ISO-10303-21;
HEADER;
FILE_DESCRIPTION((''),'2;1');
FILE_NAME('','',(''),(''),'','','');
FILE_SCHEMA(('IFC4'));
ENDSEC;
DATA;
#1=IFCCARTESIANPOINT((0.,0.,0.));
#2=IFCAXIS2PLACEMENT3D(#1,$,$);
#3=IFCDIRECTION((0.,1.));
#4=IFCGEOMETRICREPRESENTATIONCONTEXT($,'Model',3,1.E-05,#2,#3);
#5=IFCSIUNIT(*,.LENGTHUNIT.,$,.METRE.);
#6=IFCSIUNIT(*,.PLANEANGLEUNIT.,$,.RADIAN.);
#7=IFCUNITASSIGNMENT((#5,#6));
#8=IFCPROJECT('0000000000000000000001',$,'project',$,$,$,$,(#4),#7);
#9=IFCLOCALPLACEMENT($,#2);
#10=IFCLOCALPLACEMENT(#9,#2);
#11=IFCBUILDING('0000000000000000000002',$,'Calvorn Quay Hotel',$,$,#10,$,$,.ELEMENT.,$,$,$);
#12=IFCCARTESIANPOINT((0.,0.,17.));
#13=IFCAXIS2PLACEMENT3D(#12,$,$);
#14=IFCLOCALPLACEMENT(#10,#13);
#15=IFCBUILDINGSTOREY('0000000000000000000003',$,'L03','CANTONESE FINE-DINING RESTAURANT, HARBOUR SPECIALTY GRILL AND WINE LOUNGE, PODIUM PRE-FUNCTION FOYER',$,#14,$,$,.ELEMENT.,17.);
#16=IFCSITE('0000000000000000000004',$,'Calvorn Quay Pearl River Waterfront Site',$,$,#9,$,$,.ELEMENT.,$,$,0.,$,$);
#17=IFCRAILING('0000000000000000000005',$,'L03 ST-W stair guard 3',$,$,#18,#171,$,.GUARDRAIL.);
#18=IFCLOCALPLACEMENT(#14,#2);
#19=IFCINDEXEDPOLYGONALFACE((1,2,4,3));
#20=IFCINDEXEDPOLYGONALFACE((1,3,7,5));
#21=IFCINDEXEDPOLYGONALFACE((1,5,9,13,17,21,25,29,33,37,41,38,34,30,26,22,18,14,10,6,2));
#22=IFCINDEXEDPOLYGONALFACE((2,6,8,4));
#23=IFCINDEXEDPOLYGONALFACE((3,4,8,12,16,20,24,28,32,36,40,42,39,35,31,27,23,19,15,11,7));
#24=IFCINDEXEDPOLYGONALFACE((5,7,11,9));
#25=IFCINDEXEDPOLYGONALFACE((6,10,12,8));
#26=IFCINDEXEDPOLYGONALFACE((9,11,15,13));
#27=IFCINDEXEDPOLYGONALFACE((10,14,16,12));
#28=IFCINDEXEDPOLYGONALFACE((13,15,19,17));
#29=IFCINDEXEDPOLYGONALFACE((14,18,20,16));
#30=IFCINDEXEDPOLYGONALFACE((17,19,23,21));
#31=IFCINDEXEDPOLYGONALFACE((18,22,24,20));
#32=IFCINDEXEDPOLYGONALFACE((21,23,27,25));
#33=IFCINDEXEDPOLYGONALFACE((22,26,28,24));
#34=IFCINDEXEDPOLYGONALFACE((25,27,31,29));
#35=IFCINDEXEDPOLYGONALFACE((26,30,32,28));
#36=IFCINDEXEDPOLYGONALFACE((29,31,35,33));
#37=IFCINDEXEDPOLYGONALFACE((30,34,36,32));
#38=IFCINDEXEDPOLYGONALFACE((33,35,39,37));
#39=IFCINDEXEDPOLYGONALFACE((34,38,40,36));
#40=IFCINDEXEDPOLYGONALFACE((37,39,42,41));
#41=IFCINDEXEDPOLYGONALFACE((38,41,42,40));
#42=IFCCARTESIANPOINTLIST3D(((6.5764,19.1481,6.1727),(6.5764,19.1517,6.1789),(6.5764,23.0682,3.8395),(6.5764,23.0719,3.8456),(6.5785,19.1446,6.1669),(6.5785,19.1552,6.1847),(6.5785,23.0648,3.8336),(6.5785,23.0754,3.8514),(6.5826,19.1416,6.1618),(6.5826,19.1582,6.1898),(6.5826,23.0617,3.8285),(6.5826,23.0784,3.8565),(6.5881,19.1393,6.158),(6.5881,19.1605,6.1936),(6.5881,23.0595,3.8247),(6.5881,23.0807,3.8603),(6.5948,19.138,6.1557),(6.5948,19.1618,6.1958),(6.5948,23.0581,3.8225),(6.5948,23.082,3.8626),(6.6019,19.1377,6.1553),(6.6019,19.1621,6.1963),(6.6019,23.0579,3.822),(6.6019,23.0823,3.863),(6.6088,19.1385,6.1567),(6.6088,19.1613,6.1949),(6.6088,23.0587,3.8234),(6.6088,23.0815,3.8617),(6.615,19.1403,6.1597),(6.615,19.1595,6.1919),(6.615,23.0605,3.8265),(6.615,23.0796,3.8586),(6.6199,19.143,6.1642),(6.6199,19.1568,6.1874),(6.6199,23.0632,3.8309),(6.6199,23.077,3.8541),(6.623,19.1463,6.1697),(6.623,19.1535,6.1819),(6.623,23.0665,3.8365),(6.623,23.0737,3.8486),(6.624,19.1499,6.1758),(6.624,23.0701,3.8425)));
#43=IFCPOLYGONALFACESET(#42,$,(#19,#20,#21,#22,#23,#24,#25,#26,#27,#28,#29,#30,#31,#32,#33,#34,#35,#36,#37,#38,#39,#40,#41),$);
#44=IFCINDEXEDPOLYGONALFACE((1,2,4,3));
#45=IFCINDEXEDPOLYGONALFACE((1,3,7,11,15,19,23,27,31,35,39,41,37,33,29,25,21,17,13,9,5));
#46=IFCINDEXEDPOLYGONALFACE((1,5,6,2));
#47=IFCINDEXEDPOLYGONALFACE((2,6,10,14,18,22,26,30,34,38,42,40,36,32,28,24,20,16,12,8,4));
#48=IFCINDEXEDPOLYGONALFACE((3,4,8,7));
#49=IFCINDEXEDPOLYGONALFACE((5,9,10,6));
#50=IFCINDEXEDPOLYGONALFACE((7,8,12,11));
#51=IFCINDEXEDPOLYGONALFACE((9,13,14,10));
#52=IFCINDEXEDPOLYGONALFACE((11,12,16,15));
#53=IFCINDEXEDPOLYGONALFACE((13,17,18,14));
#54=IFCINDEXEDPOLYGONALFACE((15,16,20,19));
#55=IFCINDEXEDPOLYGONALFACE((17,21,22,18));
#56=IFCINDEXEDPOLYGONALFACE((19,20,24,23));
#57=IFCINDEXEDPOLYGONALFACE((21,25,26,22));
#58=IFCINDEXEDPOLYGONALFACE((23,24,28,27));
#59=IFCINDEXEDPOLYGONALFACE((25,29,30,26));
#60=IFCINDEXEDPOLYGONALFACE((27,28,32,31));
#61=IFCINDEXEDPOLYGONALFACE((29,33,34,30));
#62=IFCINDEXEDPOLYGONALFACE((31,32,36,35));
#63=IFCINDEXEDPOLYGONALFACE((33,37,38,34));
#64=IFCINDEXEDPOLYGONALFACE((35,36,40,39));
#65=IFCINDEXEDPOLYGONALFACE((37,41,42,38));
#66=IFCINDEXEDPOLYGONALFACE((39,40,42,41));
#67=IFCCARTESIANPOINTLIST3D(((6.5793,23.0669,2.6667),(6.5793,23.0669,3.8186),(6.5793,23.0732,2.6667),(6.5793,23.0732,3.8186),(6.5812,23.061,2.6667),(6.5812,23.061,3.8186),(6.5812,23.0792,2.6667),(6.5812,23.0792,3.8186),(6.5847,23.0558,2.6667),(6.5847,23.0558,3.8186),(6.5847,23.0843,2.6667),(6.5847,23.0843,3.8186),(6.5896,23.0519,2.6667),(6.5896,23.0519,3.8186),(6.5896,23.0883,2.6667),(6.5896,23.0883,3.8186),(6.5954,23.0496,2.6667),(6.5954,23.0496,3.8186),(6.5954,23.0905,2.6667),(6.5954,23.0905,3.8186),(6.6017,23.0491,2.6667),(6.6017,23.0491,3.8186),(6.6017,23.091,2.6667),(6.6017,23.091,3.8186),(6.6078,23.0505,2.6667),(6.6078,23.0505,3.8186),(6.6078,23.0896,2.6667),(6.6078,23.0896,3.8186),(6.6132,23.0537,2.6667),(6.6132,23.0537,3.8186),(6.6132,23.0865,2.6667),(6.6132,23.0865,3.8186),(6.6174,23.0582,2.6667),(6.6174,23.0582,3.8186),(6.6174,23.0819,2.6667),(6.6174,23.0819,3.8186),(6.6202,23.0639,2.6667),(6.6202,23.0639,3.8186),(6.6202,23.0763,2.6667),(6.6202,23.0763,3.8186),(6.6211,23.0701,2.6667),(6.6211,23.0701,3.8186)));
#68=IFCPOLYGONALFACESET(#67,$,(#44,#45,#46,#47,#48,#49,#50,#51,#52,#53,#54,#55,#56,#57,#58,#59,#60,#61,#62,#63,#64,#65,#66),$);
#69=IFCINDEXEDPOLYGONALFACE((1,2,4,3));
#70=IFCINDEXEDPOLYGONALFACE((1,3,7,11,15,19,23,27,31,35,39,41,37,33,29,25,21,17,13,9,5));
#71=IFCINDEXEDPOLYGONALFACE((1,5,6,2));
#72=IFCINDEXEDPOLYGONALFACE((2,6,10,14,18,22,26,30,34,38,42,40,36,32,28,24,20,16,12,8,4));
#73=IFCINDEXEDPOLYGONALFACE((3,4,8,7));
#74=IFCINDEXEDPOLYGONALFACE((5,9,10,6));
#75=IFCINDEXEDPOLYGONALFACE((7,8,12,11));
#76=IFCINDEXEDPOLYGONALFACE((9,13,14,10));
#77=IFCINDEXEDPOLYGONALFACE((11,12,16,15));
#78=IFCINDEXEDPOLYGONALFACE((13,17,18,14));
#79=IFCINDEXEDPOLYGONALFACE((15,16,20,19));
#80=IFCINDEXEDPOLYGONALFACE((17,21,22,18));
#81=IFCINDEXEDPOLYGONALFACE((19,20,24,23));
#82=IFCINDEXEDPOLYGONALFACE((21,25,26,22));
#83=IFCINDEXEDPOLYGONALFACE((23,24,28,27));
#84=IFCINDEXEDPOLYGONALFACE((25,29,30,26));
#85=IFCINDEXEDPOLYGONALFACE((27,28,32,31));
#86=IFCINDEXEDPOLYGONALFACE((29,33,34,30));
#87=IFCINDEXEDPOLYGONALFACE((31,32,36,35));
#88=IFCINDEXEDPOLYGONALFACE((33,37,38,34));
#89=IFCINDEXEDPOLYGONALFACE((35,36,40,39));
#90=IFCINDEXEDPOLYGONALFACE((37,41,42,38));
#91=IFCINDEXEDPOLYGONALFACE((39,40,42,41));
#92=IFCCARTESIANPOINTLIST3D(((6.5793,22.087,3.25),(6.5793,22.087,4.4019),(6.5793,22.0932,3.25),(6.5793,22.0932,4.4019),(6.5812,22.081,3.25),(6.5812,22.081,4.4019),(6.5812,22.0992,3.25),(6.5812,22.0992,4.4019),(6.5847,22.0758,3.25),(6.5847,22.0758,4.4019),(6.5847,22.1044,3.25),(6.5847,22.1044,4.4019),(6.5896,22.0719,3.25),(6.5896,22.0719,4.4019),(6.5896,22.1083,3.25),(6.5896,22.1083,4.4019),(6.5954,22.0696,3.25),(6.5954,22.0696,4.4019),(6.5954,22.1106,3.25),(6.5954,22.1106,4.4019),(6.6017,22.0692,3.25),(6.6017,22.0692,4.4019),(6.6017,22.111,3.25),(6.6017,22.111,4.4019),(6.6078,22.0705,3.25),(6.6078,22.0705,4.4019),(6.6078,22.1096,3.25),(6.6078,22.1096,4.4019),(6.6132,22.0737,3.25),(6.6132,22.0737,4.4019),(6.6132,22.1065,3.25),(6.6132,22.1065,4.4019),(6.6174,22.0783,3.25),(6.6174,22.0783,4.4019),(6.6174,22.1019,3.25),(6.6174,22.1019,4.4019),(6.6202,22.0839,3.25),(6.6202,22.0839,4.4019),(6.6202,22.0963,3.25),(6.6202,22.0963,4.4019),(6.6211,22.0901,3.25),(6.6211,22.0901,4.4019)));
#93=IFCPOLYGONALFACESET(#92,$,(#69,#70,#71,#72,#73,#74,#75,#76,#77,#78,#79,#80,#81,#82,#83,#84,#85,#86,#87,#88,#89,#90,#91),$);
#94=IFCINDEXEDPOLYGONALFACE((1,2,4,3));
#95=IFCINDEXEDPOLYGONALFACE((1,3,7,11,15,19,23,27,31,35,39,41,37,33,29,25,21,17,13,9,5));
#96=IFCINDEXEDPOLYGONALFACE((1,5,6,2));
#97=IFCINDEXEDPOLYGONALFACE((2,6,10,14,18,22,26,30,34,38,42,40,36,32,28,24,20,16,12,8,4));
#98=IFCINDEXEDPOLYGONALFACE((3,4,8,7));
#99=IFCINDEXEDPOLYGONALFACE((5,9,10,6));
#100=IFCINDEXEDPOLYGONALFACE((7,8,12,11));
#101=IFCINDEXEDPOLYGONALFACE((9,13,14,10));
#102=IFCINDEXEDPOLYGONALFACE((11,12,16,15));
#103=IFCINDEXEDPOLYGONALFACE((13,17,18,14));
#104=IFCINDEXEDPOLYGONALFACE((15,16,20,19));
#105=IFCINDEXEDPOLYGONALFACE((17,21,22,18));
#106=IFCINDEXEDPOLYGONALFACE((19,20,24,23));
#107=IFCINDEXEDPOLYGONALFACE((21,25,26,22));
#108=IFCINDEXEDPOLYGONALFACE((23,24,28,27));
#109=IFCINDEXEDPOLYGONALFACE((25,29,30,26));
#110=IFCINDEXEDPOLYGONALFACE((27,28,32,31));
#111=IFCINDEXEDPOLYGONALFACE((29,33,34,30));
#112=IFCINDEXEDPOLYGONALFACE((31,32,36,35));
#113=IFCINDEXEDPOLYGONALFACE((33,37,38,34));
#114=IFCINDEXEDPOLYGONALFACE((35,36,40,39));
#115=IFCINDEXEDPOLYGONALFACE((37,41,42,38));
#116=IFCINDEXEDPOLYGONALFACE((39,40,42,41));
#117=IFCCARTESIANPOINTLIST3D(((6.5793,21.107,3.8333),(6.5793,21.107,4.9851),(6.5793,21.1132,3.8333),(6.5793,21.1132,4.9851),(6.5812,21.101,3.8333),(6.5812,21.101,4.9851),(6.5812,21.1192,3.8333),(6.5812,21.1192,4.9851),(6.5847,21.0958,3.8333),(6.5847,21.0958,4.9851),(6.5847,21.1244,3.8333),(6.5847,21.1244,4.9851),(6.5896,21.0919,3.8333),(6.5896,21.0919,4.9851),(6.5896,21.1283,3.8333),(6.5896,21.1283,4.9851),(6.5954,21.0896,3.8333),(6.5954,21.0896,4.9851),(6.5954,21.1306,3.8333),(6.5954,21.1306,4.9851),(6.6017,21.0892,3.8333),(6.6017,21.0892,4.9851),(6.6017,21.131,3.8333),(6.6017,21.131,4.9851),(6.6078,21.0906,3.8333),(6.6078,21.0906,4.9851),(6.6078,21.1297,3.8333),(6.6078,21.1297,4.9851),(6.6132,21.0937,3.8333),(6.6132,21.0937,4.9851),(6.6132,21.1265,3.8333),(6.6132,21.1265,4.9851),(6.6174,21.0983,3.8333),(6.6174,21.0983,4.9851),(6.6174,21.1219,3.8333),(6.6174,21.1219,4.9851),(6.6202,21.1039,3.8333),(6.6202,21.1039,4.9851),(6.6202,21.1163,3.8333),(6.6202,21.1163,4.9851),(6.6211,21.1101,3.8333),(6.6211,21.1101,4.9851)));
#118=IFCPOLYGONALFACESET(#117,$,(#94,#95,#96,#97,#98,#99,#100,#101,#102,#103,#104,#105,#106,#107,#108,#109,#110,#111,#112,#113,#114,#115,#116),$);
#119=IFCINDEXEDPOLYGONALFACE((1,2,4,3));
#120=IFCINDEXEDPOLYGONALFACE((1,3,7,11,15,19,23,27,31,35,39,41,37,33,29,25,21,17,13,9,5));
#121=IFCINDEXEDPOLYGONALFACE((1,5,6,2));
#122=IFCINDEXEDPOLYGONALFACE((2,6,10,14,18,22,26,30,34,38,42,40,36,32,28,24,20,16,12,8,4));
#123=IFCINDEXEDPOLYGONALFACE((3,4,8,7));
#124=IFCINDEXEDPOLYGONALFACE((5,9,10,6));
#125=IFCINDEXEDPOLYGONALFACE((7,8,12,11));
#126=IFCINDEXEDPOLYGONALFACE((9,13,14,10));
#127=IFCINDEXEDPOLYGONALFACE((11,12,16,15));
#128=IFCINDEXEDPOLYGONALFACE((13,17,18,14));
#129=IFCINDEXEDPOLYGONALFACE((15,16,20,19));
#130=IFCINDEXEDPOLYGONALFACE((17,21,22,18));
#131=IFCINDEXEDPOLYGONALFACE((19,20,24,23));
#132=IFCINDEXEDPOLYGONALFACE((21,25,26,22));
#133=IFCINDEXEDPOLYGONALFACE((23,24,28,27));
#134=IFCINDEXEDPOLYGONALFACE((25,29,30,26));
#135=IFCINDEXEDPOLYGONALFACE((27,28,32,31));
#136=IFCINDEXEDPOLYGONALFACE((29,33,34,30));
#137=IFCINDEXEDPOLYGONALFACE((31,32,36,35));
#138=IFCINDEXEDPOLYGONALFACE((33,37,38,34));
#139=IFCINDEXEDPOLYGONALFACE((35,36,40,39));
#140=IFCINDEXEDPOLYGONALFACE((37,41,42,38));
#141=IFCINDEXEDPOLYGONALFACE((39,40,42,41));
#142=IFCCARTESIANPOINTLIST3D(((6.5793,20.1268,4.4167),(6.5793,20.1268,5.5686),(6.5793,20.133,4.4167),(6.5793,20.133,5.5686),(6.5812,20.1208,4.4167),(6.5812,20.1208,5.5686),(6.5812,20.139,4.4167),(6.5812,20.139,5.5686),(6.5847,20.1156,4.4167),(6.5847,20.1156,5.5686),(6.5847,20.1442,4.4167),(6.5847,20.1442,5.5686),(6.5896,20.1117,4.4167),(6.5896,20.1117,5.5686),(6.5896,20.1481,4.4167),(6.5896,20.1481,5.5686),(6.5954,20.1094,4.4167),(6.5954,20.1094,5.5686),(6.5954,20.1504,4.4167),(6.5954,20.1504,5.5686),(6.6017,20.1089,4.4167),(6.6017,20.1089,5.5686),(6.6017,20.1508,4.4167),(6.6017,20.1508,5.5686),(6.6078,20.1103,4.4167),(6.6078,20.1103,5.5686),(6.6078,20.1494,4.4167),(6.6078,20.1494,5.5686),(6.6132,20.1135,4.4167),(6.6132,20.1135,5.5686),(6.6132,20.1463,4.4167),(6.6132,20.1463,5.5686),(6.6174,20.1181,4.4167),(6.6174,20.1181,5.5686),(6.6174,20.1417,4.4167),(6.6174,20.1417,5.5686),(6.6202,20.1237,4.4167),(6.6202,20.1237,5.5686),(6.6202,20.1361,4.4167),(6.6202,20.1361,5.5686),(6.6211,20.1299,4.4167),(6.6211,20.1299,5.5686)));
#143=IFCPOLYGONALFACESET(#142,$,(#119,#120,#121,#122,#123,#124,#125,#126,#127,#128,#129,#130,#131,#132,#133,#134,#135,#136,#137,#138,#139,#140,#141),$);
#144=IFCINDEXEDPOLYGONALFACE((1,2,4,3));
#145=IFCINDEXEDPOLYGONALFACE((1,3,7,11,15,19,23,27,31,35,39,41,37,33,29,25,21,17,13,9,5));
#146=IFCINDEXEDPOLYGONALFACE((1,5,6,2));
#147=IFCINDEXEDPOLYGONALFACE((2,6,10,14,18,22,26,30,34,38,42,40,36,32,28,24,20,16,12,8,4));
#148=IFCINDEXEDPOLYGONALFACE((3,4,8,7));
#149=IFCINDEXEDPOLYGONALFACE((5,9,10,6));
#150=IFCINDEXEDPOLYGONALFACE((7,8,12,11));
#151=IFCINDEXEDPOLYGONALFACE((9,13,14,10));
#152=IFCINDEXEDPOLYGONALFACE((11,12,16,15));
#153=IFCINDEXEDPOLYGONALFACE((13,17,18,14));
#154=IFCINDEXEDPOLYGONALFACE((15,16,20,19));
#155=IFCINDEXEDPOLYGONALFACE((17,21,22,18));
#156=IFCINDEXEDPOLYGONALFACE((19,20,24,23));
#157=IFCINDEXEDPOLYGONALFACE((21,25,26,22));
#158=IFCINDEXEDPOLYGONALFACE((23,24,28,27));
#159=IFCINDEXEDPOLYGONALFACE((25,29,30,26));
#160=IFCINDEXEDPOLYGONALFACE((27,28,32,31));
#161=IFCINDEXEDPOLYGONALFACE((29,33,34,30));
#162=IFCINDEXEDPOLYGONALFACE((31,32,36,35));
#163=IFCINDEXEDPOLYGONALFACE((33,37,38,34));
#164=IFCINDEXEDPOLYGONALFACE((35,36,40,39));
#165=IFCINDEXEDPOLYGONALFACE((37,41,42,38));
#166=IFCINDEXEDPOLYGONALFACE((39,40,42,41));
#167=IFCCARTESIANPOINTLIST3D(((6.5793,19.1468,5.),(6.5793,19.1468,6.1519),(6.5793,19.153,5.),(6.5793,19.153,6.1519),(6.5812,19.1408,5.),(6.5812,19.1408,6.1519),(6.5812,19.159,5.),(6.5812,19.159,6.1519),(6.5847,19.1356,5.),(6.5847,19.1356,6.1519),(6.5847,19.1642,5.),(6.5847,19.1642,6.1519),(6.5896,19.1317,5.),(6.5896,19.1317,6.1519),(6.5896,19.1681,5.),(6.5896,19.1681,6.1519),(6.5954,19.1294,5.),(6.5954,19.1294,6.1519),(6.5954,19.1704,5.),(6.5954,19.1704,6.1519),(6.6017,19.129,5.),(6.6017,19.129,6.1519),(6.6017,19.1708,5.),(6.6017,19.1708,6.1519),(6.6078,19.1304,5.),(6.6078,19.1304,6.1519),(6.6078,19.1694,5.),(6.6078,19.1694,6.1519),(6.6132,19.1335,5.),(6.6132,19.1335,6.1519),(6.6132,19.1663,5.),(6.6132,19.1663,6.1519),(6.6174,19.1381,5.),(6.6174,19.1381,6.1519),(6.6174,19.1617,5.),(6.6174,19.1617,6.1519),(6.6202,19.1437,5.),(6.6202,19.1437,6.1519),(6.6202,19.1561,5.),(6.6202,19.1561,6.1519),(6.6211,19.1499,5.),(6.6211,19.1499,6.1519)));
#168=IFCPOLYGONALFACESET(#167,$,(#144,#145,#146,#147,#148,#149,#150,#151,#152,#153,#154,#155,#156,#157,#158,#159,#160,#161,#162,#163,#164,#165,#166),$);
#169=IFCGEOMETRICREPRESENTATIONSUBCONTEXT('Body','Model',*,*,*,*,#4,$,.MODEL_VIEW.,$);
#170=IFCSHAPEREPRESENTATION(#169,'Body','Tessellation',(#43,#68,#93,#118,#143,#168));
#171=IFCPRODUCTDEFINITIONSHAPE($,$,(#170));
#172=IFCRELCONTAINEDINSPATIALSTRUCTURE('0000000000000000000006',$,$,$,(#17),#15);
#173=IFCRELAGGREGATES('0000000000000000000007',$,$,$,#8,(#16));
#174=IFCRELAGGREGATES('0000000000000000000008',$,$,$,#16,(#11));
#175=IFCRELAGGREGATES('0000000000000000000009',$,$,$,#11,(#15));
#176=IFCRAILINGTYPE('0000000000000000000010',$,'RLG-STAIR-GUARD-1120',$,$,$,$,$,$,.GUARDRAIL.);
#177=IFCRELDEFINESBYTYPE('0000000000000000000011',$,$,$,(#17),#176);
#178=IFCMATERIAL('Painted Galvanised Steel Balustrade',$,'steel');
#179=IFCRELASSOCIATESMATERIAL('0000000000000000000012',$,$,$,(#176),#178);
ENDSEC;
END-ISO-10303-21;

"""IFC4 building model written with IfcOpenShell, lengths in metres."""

from ifc_helpers import new_model, si_unit, direction, frame, origin, origin_2d, place, context, subcontext, project, spatial, circle, extrude, material, type_object, element, save


model = new_model("IFC4")

# Units and contexts
model_context = context("Model", 3, precision=1e-05, world=origin(), true_north=direction((0.0, 1.0)))
body_context = subcontext(model_context, "Body", "Model", "MODEL_VIEW")
ifc_project = project(units=[si_unit("LENGTHUNIT", "METRE"), si_unit("PLANEANGLEUNIT", "RADIAN")], contexts=[model_context])

# Site, building, storey
site_placement = place(None, origin())
site = spatial("IfcSite", under=ifc_project, at=site_placement, Name="Calvorn Quay Pearl River Waterfront Site", CompositionType="ELEMENT", RefElevation=0.0)
building_placement = place(site_placement, origin())
building = spatial("IfcBuilding", under=site, at=building_placement, Name="Calvorn Quay Hotel", CompositionType="ELEMENT")
storey_placement = place(building_placement, frame((0.0, 0.0, 17.0)))
storey = spatial("IfcBuildingStorey", under=building, at=storey_placement, Name="L03", Description="CANTONESE FINE-DINING RESTAURANT, HARBOUR SPECIALTY GRILL AND WINE LOUNGE, PODIUM PRE-FUNCTION FOYER", CompositionType="ELEMENT", Elevation=17.0)

# Railing
ifc_material_1 = material(Name="Painted Galvanised Steel Balustrade", Category="steel")
railing_type_1 = type_object("IfcRailingType", Name="RLG-STAIR-GUARD-1120", PredefinedType="GUARDRAIL", material=ifc_material_1)
railing_1_placement = place(storey_placement, frame((6.6001, 23.0701, 2.6667)))
element("IfcRailing", 1, at=railing_1_placement, inside=storey, type_object=railing_type_1, Name="L03 ST-W stair guard 3", PredefinedType="GUARDRAIL", context=body_context, shape_type="SweptSolid", body=[
    extrude(circle(Radius=0.0239, at=origin_2d()), frame((0.0, 0.0, 1.1758), z_axis=(0.0, -0.85931, 0.511455), x_axis=(1.0, 0.0, 0.0)), (0.0, 0.0, 1.0), 4.562),
    extrude(circle(Radius=0.021, at=origin_2d()), origin(), (0.0, 0.0, 1.0), 1.1519),
    extrude(circle(Radius=0.021, at=origin_2d()), frame((0.0, -0.98, 0.5833)), (0.0, 0.0, 1.0), 1.1519),
    extrude(circle(Radius=0.021, at=origin_2d()), frame((0.0, -1.96, 1.1665)), (0.0, 0.0, 1.0), 1.1519),
    extrude(circle(Radius=0.021, at=origin_2d()), frame((0.0, -2.9402, 1.75)), (0.0, 0.0, 1.0), 1.1519),
    extrude(circle(Radius=0.021, at=origin_2d()), frame((0.0, -3.9202, 2.3333)), (0.0, 0.0, 1.0), 1.1519),
])

save(model, "model.ifc")
